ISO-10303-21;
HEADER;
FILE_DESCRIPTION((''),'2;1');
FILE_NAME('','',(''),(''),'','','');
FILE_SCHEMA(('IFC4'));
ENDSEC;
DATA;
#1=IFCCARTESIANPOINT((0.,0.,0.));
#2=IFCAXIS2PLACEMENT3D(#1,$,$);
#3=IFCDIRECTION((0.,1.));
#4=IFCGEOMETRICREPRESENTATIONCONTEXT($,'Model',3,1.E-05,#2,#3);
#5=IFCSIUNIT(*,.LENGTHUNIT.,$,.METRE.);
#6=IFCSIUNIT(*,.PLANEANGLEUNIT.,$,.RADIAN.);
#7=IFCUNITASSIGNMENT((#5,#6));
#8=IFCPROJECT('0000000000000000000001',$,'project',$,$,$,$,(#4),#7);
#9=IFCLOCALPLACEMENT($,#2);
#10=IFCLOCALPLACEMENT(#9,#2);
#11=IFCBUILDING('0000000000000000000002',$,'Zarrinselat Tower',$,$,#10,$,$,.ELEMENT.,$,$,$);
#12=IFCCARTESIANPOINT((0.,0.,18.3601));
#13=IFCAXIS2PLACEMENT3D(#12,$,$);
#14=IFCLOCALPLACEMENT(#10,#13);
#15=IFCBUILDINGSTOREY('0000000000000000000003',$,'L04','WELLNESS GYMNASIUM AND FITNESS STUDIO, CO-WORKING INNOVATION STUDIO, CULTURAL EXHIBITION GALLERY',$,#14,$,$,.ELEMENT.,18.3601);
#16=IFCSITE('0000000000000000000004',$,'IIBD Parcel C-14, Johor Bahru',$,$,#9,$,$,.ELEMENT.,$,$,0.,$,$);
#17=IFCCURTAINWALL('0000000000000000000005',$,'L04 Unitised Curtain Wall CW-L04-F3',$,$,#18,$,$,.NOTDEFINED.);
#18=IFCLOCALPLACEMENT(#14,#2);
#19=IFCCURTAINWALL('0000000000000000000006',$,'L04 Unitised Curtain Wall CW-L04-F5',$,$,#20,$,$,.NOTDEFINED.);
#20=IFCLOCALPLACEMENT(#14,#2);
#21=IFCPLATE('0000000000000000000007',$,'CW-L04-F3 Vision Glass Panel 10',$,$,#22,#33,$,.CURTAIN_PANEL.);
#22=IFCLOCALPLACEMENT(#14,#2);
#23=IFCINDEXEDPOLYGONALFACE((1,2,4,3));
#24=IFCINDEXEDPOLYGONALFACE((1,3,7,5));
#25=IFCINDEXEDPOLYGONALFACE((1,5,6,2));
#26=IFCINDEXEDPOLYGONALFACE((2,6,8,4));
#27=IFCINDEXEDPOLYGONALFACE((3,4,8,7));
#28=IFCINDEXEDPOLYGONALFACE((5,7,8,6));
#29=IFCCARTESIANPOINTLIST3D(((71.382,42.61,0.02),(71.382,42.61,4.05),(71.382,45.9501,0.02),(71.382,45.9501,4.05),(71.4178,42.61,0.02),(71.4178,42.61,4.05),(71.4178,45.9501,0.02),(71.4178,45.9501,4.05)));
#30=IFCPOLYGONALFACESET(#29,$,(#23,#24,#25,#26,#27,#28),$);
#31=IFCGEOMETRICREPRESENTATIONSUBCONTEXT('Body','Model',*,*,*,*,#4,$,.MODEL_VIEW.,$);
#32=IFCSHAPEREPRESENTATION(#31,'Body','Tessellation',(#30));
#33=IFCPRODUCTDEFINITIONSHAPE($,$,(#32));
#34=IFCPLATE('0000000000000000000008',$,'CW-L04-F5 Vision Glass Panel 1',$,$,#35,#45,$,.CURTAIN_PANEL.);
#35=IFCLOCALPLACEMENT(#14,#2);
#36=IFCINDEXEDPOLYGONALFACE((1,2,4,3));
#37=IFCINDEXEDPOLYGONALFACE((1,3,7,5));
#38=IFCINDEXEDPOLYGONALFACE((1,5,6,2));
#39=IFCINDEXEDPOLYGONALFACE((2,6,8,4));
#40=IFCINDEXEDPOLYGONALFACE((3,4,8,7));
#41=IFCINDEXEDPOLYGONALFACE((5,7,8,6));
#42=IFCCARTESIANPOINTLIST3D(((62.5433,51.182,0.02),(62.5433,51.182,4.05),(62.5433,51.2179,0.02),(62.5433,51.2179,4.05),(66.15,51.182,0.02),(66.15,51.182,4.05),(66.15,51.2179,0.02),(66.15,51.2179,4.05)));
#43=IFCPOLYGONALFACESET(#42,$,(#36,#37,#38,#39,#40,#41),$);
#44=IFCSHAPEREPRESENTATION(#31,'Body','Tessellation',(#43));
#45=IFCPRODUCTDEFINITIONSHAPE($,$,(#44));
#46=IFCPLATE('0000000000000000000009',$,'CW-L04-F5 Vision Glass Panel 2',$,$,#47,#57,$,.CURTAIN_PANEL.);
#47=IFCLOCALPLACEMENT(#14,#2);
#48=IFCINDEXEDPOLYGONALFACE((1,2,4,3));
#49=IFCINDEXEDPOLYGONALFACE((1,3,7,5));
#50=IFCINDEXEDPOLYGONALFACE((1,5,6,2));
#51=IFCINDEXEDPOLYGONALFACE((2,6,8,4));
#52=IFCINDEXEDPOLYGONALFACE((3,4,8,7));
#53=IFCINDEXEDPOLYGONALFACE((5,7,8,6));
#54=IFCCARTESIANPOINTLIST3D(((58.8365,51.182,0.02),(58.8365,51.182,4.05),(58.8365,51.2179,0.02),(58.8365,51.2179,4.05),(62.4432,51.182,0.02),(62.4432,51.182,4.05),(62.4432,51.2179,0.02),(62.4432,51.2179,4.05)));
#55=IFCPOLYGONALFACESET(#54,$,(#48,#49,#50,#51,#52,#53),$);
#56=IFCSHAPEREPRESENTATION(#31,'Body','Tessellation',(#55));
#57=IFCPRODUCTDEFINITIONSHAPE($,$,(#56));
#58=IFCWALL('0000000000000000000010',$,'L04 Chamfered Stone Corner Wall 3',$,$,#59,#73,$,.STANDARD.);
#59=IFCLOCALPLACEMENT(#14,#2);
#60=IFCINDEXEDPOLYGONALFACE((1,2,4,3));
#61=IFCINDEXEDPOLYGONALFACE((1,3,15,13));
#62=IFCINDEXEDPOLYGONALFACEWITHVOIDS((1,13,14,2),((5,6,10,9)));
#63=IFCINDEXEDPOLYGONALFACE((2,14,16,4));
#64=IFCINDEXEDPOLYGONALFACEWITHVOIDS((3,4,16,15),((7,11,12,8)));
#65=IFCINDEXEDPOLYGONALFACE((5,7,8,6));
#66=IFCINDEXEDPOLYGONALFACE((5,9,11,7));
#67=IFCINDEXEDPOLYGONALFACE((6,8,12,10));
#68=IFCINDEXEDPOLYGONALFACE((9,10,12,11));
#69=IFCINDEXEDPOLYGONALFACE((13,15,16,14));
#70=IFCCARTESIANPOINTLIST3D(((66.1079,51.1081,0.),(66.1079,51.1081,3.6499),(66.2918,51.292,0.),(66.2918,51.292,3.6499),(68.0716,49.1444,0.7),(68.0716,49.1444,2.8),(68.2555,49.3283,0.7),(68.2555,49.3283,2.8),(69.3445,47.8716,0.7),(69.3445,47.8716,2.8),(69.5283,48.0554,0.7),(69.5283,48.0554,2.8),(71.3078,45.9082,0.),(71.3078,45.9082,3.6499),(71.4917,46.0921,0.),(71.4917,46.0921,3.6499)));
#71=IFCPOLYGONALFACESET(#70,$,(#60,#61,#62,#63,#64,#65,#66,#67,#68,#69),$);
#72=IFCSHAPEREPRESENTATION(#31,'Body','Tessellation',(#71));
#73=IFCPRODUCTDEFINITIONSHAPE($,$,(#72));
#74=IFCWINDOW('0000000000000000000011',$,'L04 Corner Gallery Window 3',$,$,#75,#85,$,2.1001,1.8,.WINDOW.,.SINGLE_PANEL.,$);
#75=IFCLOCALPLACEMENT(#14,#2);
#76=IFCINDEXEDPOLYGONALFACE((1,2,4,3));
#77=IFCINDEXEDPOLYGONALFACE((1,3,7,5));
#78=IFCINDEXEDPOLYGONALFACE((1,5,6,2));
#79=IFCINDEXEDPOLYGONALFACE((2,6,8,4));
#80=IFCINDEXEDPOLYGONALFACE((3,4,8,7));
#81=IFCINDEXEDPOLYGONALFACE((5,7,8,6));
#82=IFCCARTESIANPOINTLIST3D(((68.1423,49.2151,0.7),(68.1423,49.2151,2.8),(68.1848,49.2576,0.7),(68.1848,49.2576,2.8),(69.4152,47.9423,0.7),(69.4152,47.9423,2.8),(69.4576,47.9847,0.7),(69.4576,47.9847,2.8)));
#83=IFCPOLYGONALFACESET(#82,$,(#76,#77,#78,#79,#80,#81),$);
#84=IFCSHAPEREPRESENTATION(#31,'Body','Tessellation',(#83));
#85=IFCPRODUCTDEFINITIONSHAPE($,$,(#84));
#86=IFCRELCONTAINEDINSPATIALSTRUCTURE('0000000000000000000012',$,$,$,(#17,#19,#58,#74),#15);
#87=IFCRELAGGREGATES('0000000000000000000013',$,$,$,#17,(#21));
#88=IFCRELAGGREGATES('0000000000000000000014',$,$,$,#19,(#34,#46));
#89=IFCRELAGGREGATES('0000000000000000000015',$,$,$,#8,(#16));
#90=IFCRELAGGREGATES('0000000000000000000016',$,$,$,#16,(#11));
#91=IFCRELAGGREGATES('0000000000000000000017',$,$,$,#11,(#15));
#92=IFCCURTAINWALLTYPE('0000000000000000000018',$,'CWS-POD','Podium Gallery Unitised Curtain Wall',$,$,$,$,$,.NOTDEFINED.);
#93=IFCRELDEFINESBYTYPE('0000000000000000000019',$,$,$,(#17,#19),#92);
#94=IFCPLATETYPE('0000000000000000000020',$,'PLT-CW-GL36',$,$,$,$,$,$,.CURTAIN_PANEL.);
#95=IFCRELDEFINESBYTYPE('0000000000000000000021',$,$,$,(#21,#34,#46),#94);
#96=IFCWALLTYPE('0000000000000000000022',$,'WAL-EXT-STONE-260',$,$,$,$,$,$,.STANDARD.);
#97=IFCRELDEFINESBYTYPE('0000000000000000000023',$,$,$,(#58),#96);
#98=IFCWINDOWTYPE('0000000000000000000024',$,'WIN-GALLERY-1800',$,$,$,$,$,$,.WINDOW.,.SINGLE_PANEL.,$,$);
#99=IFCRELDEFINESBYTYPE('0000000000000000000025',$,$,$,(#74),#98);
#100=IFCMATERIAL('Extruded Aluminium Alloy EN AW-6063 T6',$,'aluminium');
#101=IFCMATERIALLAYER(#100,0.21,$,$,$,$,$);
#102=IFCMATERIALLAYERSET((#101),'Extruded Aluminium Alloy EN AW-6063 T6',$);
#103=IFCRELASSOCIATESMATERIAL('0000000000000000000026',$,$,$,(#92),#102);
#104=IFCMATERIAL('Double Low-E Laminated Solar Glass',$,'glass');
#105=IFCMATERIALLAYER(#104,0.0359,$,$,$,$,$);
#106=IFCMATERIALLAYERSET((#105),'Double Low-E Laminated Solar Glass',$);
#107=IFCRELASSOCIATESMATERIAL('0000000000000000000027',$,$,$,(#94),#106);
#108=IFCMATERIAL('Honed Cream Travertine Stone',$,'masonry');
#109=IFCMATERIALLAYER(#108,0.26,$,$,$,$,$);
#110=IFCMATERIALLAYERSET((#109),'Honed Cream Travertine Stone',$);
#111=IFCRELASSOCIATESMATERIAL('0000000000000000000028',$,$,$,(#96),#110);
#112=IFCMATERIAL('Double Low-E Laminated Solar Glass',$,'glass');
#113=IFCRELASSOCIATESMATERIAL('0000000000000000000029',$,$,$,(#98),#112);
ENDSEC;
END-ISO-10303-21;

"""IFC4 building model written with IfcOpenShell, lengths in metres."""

from ifc_helpers import new_model, si_unit, direction, frame, frame_2d, origin, origin_2d, place, context, subcontext, project, spatial, rectangle, extrude, material, layer, layer_set, type_object, element, fill, aggregate, save


model = new_model("IFC4")

# Units and contexts
model_context = context("Model", 3, precision=1e-05, world=origin(), true_north=direction((0.0, 1.0)))
body_context = subcontext(model_context, "Body", "Model", "MODEL_VIEW")
ifc_project = project(units=[si_unit("LENGTHUNIT", "METRE"), si_unit("PLANEANGLEUNIT", "RADIAN")], contexts=[model_context])

# Site, building, storey
site_placement = place(None, origin())
site = spatial("IfcSite", under=ifc_project, at=site_placement, Name="IIBD Parcel C-14, Johor Bahru", CompositionType="ELEMENT", RefElevation=0.0)
building_placement = place(site_placement, origin())
building = spatial("IfcBuilding", under=site, at=building_placement, Name="Zarrinselat Tower", CompositionType="ELEMENT")
storey_placement = place(building_placement, frame((0.0, 0.0, 18.3601)))
storey = spatial("IfcBuildingStorey", under=building, at=storey_placement, Name="L04", Description="WELLNESS GYMNASIUM AND FITNESS STUDIO, CO-WORKING INNOVATION STUDIO, CULTURAL EXHIBITION GALLERY", CompositionType="ELEMENT", Elevation=18.3601)

# Curtain walls
ifc_material_1 = material(Name="Extruded Aluminium Alloy EN AW-6063 T6", Category="aluminium")
ifc_layer_1 = layer(ifc_material_1, 0.21)
ifc_layer_set_1 = layer_set([ifc_layer_1], Name="Extruded Aluminium Alloy EN AW-6063 T6")
curtain_wall_type = type_object("IfcCurtainWallType", Name="CWS-POD", Description="Podium Gallery Unitised Curtain Wall", PredefinedType="NOTDEFINED", material=ifc_layer_set_1)
curtain_wall_1_placement = place(storey_placement, origin())
curtain_wall_1 = element("IfcCurtainWall", 1, at=curtain_wall_1_placement, inside=storey, type_object=curtain_wall_type, Name="L04 Unitised Curtain Wall CW-L04-F3", PredefinedType="NOTDEFINED")
curtain_wall_2_placement = place(storey_placement, origin())
curtain_wall_2 = element("IfcCurtainWall", 2, at=curtain_wall_2_placement, inside=storey, type_object=curtain_wall_type, Name="L04 Unitised Curtain Wall CW-L04-F5", PredefinedType="NOTDEFINED")

# Plates
ifc_material_2 = material(Name="Double Low-E Laminated Solar Glass", Category="glass")
ifc_layer_2 = layer(ifc_material_2, 0.0359)
ifc_layer_set_2 = layer_set([ifc_layer_2], Name="Double Low-E Laminated Solar Glass")
plate_type = type_object("IfcPlateType", Name="PLT-CW-GL36", PredefinedType="CURTAIN_PANEL", material=ifc_layer_set_2)
plate_1_placement = place(storey_placement, frame((71.3999, 44.28, 0.02), z_axis=(0.0, 0.0, 1.0), x_axis=(0.0, 1.0, 0.0)))
plate_1 = element("IfcPlate", 3, at=plate_1_placement, type_object=plate_type, Name="CW-L04-F3 Vision Glass Panel 10", PredefinedType="CURTAIN_PANEL", context=body_context, shape_type="SweptSolid", body=[
    extrude(rectangle(XDim=3.3401, YDim=0.0359, at=origin_2d()), origin(), (0.0, 0.0, 1.0), 4.03),
])
aggregate(curtain_wall_1, [plate_1])
plate_2_placement = place(storey_placement, frame((64.3467, 51.2, 0.02), z_axis=(0.0, 0.0, 1.0), x_axis=(-1.0, 0.0, 0.0)))
plate_2 = element("IfcPlate", 4, at=plate_2_placement, type_object=plate_type, Name="CW-L04-F5 Vision Glass Panel 1", PredefinedType="CURTAIN_PANEL", context=body_context, shape_type="SweptSolid", body=[
    extrude(rectangle(XDim=3.6067, YDim=0.0359, at=origin_2d()), origin(), (0.0, 0.0, 1.0), 4.03),
])
plate_3_placement = place(storey_placement, frame((60.6399, 51.2, 0.02), z_axis=(0.0, 0.0, 1.0), x_axis=(-1.0, 0.0, 0.0)))
plate_3 = element("IfcPlate", 5, at=plate_3_placement, type_object=plate_type, Name="CW-L04-F5 Vision Glass Panel 2", PredefinedType="CURTAIN_PANEL", context=body_context, shape_type="SweptSolid", body=[
    extrude(rectangle(XDim=3.6067, YDim=0.0359, at=origin_2d()), origin(), (0.0, 0.0, 1.0), 4.03),
])
aggregate(curtain_wall_2, [plate_2, plate_3])

# Wall, opening, window
ifc_material_3 = material(Name="Honed Cream Travertine Stone", Category="masonry")
ifc_layer_3 = layer(ifc_material_3, 0.26)
ifc_layer_set_3 = layer_set([ifc_layer_3], Name="Honed Cream Travertine Stone")
wall_type = type_object("IfcWallType", Name="WAL-EXT-STONE-260", PredefinedType="STANDARD", material=ifc_layer_set_3)
wall_placement = place(storey_placement, frame((66.2, 51.2, 0.0), z_axis=(0.0, 0.0, 1.0), x_axis=(0.707107, -0.707107, 0.0)))
wall = element("IfcWall", 6, at=wall_placement, inside=storey, type_object=wall_type, Name="L04 Chamfered Stone Corner Wall 3", PredefinedType="STANDARD", context=body_context, shape_type="SweptSolid", body=[
    extrude(rectangle(XDim=7.3538, YDim=0.26, at=frame_2d((3.6768, 0.0))), origin(), (0.0, 0.0, 1.0), 3.6499),
])
opening_placement = place(wall_placement, frame((2.7771, 0.0, 0.7)))
opening = element("IfcOpeningElement", 7, at=opening_placement, cuts=wall, PredefinedType="OPENING", context=body_context, shape_type="SweptSolid", body=[
    extrude(rectangle(XDim=1.8, YDim=2.1001, at=frame_2d((0.8999, 1.05))), frame((0.0, 0.1399, 0.0), z_axis=(0.0, -1.0, 0.0), x_axis=(1.0, 0.0, 0.0)), (0.0, 0.0, 1.0), 0.28),
])
ifc_material_4 = material(Name="Double Low-E Laminated Solar Glass", Category="glass")
window_type = type_object("IfcWindowType", Name="WIN-GALLERY-1800", PartitioningType="SINGLE_PANEL", PredefinedType="WINDOW", material=ifc_material_4)
window_placement = place(opening_placement, origin())
window = element("IfcWindow", 8, at=window_placement, inside=storey, type_object=window_type, Name="L04 Corner Gallery Window 3", OverallHeight=2.1001, OverallWidth=1.8, PartitioningType="SINGLE_PANEL", PredefinedType="WINDOW", context=body_context, shape_type="SweptSolid", body=[
    extrude(rectangle(XDim=1.8, YDim=2.1001, at=frame_2d((0.8999, 1.05))), frame((0.0, 0.03, 0.0), z_axis=(0.0, -1.0, 0.0), x_axis=(1.0, 0.0, 0.0)), (0.0, 0.0, 1.0), 0.0601),
])
fill(opening, window)

save(model, "model.ifc")
